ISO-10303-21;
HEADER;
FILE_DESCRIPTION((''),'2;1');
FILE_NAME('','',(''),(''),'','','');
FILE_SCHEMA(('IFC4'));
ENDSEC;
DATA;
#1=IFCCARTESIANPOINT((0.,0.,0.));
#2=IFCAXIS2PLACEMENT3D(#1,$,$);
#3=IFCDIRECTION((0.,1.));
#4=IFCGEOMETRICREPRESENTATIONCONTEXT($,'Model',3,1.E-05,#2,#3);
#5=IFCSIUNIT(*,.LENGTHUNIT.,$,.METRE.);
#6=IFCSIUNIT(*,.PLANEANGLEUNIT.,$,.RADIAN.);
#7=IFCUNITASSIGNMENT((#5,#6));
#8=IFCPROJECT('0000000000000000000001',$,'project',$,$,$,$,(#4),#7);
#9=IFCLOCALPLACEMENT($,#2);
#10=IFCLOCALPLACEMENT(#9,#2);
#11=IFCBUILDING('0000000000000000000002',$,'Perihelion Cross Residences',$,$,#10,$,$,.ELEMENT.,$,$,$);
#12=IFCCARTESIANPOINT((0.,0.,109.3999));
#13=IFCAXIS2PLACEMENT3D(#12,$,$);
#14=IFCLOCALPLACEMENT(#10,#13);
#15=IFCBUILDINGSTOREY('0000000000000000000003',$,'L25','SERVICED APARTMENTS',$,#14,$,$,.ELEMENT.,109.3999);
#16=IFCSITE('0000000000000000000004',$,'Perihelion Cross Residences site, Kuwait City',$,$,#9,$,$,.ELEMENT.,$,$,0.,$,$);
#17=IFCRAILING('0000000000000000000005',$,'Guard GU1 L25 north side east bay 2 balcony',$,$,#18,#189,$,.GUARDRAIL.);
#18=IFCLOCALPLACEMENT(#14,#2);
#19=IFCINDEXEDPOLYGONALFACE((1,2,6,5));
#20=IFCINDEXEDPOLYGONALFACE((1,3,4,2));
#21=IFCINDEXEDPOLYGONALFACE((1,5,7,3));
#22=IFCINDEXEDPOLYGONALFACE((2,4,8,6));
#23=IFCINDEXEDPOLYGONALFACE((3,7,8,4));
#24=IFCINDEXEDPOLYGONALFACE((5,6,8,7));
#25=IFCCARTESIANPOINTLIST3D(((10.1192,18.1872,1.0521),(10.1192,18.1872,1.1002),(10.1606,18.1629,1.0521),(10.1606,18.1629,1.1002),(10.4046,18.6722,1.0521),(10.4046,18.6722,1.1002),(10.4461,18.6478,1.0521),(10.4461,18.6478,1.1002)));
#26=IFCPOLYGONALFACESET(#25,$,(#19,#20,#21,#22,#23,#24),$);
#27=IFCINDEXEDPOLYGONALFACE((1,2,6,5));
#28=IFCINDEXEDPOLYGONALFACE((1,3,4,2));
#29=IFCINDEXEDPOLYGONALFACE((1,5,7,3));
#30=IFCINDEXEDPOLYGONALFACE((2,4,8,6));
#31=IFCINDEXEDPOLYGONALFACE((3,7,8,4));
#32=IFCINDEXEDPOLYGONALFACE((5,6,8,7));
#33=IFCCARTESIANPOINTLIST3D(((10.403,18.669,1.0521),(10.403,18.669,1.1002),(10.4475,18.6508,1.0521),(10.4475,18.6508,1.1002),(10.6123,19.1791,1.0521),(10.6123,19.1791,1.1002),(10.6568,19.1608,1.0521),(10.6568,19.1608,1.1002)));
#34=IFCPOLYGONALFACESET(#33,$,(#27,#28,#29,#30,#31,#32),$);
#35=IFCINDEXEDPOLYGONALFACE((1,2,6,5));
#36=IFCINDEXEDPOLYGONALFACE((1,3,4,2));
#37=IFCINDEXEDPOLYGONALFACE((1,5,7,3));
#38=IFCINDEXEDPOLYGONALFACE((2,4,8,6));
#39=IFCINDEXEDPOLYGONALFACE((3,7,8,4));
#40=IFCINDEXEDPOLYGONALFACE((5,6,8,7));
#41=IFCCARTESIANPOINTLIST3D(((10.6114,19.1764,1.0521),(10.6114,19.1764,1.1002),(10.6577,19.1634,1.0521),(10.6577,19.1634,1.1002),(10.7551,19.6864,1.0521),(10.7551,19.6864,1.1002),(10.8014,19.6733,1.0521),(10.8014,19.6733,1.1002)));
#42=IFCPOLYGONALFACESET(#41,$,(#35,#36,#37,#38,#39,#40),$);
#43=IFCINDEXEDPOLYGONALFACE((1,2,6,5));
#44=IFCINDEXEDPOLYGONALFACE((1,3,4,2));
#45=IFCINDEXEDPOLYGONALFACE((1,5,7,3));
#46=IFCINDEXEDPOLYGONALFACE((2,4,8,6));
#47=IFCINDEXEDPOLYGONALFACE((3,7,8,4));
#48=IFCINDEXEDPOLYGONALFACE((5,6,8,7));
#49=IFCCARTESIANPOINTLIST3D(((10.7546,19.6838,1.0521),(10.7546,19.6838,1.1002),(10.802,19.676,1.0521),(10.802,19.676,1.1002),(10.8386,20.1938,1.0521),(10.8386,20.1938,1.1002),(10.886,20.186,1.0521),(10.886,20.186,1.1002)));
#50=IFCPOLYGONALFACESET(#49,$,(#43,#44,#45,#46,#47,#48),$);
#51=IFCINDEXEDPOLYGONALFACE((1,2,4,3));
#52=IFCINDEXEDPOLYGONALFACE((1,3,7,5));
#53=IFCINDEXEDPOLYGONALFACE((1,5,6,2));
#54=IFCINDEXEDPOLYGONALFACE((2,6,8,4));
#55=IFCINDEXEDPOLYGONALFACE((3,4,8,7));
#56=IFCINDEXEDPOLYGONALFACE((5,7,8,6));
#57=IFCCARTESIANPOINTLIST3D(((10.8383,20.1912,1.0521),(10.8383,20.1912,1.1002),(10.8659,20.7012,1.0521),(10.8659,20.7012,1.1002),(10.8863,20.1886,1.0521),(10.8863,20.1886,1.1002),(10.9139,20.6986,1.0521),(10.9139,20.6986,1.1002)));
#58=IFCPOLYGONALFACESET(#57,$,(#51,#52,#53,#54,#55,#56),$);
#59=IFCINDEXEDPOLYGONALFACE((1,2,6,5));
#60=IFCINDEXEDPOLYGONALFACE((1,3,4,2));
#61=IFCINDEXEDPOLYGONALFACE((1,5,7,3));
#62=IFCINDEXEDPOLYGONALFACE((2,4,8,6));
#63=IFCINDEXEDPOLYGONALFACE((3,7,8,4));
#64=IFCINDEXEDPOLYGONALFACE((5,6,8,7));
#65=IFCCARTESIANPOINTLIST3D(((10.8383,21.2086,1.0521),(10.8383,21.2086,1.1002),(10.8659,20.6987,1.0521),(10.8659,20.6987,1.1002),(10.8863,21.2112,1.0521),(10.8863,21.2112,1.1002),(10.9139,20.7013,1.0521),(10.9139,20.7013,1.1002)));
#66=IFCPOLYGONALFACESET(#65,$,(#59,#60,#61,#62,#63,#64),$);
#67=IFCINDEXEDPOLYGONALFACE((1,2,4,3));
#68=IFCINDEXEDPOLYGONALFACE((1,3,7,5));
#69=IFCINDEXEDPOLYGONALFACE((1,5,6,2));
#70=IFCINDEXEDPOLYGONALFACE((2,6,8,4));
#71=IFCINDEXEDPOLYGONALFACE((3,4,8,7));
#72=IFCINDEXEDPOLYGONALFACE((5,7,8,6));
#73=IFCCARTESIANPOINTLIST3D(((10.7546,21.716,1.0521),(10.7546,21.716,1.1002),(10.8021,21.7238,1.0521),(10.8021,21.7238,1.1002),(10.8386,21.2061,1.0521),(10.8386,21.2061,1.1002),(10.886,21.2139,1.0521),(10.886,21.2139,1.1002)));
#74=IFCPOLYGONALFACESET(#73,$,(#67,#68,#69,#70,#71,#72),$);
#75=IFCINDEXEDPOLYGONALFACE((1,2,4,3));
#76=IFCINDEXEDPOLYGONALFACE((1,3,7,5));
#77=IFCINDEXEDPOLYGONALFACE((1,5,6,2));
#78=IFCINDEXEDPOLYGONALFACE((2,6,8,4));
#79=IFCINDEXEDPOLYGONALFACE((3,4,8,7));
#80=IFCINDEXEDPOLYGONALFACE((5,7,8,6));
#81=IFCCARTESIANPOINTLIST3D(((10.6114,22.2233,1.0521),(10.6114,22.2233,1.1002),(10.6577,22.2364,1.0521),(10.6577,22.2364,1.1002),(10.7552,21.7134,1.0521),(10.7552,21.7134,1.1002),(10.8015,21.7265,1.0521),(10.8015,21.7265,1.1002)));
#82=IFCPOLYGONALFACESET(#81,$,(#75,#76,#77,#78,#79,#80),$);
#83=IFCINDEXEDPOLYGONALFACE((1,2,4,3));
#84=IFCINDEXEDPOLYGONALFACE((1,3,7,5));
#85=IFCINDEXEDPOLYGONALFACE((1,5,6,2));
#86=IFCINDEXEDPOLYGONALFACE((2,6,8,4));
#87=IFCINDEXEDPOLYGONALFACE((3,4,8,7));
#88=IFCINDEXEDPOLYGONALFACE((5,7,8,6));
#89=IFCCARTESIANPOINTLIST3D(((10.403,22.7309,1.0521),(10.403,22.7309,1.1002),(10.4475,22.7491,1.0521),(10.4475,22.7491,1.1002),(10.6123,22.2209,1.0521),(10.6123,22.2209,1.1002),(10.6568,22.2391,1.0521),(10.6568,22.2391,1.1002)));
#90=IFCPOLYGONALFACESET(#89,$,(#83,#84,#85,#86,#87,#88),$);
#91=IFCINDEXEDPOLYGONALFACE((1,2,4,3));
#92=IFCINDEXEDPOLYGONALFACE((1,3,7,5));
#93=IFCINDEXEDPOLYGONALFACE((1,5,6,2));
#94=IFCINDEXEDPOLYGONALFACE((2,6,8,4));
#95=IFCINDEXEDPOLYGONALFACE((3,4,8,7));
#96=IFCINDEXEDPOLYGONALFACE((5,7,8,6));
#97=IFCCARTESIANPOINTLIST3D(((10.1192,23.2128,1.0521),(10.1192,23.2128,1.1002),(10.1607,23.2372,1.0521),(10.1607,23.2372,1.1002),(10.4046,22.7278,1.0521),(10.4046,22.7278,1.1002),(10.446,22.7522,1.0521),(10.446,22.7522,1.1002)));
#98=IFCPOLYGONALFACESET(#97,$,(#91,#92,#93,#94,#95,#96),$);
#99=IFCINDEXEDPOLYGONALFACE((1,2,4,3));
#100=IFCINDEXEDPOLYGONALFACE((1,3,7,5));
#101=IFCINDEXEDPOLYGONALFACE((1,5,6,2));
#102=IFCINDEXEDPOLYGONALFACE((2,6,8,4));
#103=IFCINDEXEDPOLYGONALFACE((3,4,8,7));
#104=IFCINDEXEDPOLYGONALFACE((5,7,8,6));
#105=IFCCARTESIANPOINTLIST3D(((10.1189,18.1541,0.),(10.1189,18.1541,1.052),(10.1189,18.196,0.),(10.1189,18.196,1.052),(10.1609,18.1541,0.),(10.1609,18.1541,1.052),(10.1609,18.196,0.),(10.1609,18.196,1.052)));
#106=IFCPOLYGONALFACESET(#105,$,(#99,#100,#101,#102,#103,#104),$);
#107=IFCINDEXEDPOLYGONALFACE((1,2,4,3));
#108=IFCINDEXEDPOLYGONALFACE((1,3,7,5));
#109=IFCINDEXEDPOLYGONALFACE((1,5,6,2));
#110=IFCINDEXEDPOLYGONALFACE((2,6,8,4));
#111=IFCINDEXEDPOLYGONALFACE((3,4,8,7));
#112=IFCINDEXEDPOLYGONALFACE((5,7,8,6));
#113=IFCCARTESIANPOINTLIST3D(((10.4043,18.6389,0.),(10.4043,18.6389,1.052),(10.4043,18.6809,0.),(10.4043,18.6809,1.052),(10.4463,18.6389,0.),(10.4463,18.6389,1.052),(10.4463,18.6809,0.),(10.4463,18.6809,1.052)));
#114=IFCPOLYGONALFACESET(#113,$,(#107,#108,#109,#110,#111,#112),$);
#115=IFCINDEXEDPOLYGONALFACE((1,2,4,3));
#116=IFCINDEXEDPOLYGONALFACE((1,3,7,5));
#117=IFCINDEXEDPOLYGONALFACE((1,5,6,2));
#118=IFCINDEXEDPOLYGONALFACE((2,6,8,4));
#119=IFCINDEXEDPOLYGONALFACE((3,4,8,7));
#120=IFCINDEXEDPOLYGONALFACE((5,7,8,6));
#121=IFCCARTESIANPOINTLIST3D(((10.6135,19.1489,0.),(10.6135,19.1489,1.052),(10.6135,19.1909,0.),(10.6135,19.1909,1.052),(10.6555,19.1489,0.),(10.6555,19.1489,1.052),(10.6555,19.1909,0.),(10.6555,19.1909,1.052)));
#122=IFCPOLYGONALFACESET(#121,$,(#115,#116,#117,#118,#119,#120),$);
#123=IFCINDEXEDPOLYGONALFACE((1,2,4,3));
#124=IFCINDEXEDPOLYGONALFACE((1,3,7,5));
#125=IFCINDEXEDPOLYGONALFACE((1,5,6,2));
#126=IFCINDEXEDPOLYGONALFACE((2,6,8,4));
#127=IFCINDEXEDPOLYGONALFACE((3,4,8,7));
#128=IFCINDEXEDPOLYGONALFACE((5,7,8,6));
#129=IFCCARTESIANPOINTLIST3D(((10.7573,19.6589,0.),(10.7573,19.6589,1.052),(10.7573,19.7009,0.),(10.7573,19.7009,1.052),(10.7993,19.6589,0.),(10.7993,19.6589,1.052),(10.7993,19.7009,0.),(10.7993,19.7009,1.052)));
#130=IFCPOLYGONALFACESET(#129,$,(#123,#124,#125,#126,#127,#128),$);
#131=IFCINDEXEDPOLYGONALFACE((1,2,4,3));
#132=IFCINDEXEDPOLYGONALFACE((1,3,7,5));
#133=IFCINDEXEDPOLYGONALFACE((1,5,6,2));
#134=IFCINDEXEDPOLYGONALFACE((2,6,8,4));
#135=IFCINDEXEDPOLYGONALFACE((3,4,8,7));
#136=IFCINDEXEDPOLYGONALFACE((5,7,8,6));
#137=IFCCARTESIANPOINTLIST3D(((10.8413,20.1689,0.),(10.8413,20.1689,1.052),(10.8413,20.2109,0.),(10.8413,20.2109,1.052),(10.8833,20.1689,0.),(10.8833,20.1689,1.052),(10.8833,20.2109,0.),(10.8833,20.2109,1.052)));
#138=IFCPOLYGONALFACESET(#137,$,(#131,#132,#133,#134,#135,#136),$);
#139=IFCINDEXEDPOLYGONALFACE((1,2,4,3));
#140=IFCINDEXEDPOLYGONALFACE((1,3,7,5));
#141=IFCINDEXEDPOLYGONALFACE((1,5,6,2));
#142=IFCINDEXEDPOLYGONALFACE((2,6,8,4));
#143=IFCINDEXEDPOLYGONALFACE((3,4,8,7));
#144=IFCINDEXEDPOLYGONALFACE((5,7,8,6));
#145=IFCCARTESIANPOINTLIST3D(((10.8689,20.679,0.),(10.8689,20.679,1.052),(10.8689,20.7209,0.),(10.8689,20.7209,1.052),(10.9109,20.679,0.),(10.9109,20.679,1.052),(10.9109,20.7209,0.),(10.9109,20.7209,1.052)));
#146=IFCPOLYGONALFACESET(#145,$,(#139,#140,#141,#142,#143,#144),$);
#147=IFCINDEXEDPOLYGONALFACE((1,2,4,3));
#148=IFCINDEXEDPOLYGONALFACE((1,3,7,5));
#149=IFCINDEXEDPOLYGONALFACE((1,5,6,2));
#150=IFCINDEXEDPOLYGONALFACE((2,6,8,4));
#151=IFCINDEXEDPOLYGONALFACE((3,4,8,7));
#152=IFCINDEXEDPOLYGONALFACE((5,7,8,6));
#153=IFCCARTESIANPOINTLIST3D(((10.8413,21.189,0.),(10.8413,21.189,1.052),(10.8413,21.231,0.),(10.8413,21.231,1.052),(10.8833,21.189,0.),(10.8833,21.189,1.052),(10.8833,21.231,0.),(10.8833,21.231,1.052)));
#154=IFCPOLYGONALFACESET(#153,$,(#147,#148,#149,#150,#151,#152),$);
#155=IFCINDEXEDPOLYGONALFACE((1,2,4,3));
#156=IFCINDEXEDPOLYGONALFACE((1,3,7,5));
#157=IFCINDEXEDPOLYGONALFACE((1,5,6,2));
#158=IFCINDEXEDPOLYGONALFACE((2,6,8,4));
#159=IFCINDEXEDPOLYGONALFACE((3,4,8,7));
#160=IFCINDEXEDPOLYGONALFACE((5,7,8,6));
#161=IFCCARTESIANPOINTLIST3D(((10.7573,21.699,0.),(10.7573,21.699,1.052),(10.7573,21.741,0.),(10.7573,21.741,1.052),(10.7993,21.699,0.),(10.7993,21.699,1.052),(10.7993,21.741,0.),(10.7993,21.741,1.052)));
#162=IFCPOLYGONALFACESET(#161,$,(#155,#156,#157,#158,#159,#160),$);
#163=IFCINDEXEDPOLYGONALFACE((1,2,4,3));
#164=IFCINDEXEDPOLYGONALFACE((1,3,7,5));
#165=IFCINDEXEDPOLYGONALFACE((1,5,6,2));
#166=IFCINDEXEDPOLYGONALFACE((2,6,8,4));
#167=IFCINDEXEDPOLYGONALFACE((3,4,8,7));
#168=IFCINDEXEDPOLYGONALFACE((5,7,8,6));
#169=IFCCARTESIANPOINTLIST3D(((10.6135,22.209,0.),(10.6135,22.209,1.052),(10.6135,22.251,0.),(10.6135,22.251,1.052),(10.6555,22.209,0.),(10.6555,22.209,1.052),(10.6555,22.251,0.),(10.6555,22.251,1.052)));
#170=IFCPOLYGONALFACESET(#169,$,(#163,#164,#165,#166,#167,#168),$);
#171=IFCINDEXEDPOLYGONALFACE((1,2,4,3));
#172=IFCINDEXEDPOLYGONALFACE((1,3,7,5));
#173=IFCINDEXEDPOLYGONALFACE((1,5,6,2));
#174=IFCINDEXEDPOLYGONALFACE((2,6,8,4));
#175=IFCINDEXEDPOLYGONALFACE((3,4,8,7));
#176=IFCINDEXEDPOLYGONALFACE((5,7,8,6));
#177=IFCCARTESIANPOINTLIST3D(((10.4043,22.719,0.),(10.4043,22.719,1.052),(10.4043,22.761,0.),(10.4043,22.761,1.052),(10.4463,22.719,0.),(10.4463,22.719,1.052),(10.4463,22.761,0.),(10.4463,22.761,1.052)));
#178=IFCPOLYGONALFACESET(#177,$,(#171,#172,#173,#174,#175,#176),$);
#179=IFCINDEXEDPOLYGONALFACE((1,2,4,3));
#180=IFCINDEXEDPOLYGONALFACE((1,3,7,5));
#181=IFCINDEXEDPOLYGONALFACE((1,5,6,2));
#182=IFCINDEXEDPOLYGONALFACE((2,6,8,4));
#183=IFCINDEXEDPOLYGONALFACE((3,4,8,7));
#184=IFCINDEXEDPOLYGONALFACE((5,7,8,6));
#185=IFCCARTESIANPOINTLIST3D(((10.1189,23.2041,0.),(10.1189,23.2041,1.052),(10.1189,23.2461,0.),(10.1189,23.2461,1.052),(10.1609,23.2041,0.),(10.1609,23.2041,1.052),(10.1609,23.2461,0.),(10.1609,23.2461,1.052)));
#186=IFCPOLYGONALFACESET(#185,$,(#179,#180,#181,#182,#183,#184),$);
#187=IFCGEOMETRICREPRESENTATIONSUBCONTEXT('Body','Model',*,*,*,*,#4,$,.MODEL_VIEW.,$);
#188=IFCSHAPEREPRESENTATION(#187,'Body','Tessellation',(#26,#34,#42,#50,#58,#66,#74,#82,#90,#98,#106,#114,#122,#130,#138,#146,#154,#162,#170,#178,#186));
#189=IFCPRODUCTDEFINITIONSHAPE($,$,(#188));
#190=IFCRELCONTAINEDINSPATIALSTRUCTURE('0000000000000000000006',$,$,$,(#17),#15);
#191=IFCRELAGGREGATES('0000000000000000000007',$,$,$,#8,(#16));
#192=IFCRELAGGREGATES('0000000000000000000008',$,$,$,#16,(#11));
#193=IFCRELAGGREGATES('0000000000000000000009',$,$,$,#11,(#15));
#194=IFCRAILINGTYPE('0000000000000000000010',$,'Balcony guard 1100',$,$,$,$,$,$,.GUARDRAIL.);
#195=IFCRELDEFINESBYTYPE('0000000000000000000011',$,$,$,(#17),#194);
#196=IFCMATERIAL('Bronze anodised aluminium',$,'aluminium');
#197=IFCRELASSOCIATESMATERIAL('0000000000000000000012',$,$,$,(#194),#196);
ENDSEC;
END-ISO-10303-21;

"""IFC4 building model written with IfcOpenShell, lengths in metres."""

from ifc_helpers import new_model, si_unit, direction, frame, origin, origin_2d, place, context, subcontext, project, spatial, rectangle, extrude, material, type_object, element, save


model = new_model("IFC4")

# Units and contexts
model_context = context("Model", 3, precision=1e-05, world=origin(), true_north=direction((0.0, 1.0)))
body_context = subcontext(model_context, "Body", "Model", "MODEL_VIEW")
ifc_project = project(units=[si_unit("LENGTHUNIT", "METRE"), si_unit("PLANEANGLEUNIT", "RADIAN")], contexts=[model_context])

# Site, building, storey
site_placement = place(None, origin())
site = spatial("IfcSite", under=ifc_project, at=site_placement, Name="Perihelion Cross Residences site, Kuwait City", CompositionType="ELEMENT", RefElevation=0.0)
building_placement = place(site_placement, origin())
building = spatial("IfcBuilding", under=site, at=building_placement, Name="Perihelion Cross Residences", CompositionType="ELEMENT")
storey_placement = place(building_placement, frame((0.0, 0.0, 109.3999)))
storey = spatial("IfcBuildingStorey", under=building, at=storey_placement, Name="L25", Description="SERVICED APARTMENTS", CompositionType="ELEMENT", Elevation=109.3999)

# Railing
ifc_material_1 = material(Name="Bronze anodised aluminium", Category="aluminium")
railing_type = type_object("IfcRailingType", Name="Balcony guard 1100", PredefinedType="GUARDRAIL", material=ifc_material_1)
railing_1_placement = place(storey_placement, frame((10.1399, 18.175, 0.0)))
element("IfcRailing", 1, at=railing_1_placement, inside=storey, type_object=railing_type, Name="Guard GU1 L25 north side east bay 2 balcony", PredefinedType="GUARDRAIL", context=body_context, shape_type="SweptSolid", body=[
    extrude(rectangle(XDim=0.0481, YDim=0.0481, at=origin_2d()), frame((0.0, 0.0, 1.0762), z_axis=(0.507267, 0.861789, 0.0), x_axis=(-0.861789, 0.507267, 0.0)), (0.0, 0.0, 1.0), 0.5627),
    extrude(rectangle(XDim=0.0481, YDim=0.0481, at=origin_2d()), frame((0.2854, 0.4849, 1.0762), z_axis=(0.379547, 0.925173, 0.0), x_axis=(-0.925173, 0.379547, 0.0)), (0.0, 0.0, 1.0), 0.5513),
    extrude(rectangle(XDim=0.0481, YDim=0.0481, at=origin_2d()), frame((0.4946, 0.9949, 1.0762), z_axis=(0.271373, 0.962474, 0.0), x_axis=(-0.962474, 0.271373, 0.0)), (0.0, 0.0, 1.0), 0.5298),
    extrude(rectangle(XDim=0.0481, YDim=0.0481, at=origin_2d()), frame((0.6384, 1.5049, 1.0762), z_axis=(0.162484, 0.986711, 0.0), x_axis=(-0.986711, 0.162484, 0.0)), (0.0, 0.0, 1.0), 0.5168),
    extrude(rectangle(XDim=0.0481, YDim=0.0481, at=origin_2d()), frame((0.7224, 2.0149, 1.0762), z_axis=(0.054014, 0.99854, 0.0), x_axis=(-0.99854, 0.054014, 0.0)), (0.0, 0.0, 1.0), 0.5107),
    extrude(rectangle(XDim=0.0481, YDim=0.0481, at=origin_2d()), frame((0.75, 2.5249, 1.0762), z_axis=(-0.054014, 0.99854, 0.0), x_axis=(-0.99854, -0.054014, 0.0)), (0.0, 0.0, 1.0), 0.5107),
    extrude(rectangle(XDim=0.0481, YDim=0.0481, at=origin_2d()), frame((0.7224, 3.0349, 1.0762), z_axis=(-0.162484, 0.986711, 0.0), x_axis=(-0.986711, -0.162484, 0.0)), (0.0, 0.0, 1.0), 0.5168),
    extrude(rectangle(XDim=0.0481, YDim=0.0481, at=origin_2d()), frame((0.6384, 3.5449, 1.0762), z_axis=(-0.271373, 0.962474, 0.0), x_axis=(-0.962474, -0.271373, 0.0)), (0.0, 0.0, 1.0), 0.5298),
    extrude(rectangle(XDim=0.0481, YDim=0.0481, at=origin_2d()), frame((0.4946, 4.0549, 1.0762), z_axis=(-0.379547, 0.925173, 0.0), x_axis=(-0.925173, -0.379547, 0.0)), (0.0, 0.0, 1.0), 0.5513),
    extrude(rectangle(XDim=0.0481, YDim=0.0481, at=origin_2d()), frame((0.2854, 4.5649, 1.0762), z_axis=(-0.507077, 0.861901, 0.0), x_axis=(-0.861901, -0.507077, 0.0)), (0.0, 0.0, 1.0), 0.5627),
    extrude(rectangle(XDim=0.042, YDim=0.042, at=origin_2d()), origin(), (0.0, 0.0, 1.0), 1.052),
    extrude(rectangle(XDim=0.042, YDim=0.042, at=origin_2d()), frame((0.2854, 0.4849, 0.0)), (0.0, 0.0, 1.0), 1.052),
    extrude(rectangle(XDim=0.042, YDim=0.042, at=origin_2d()), frame((0.4946, 0.9949, 0.0)), (0.0, 0.0, 1.0), 1.052),
    extrude(rectangle(XDim=0.042, YDim=0.042, at=origin_2d()), frame((0.6384, 1.5049, 0.0)), (0.0, 0.0, 1.0), 1.052),
    extrude(rectangle(XDim=0.042, YDim=0.042, at=origin_2d()), frame((0.7224, 2.0149, 0.0)), (0.0, 0.0, 1.0), 1.052),
    extrude(rectangle(XDim=0.042, YDim=0.042, at=origin_2d()), frame((0.75, 2.5249, 0.0)), (0.0, 0.0, 1.0), 1.052),
    extrude(rectangle(XDim=0.042, YDim=0.042, at=origin_2d()), frame((0.7224, 3.0349, 0.0)), (0.0, 0.0, 1.0), 1.052),
    extrude(rectangle(XDim=0.042, YDim=0.042, at=origin_2d()), frame((0.6384, 3.5449, 0.0)), (0.0, 0.0, 1.0), 1.052),
    extrude(rectangle(XDim=0.042, YDim=0.042, at=origin_2d()), frame((0.4946, 4.0549, 0.0)), (0.0, 0.0, 1.0), 1.052),
    extrude(rectangle(XDim=0.042, YDim=0.042, at=origin_2d()), frame((0.2854, 4.5649, 0.0)), (0.0, 0.0, 1.0), 1.052),
    extrude(rectangle(XDim=0.042, YDim=0.042, at=origin_2d()), frame((0.0, 5.05, 0.0)), (0.0, 0.0, 1.0), 1.052),
])

save(model, "model.ifc")
